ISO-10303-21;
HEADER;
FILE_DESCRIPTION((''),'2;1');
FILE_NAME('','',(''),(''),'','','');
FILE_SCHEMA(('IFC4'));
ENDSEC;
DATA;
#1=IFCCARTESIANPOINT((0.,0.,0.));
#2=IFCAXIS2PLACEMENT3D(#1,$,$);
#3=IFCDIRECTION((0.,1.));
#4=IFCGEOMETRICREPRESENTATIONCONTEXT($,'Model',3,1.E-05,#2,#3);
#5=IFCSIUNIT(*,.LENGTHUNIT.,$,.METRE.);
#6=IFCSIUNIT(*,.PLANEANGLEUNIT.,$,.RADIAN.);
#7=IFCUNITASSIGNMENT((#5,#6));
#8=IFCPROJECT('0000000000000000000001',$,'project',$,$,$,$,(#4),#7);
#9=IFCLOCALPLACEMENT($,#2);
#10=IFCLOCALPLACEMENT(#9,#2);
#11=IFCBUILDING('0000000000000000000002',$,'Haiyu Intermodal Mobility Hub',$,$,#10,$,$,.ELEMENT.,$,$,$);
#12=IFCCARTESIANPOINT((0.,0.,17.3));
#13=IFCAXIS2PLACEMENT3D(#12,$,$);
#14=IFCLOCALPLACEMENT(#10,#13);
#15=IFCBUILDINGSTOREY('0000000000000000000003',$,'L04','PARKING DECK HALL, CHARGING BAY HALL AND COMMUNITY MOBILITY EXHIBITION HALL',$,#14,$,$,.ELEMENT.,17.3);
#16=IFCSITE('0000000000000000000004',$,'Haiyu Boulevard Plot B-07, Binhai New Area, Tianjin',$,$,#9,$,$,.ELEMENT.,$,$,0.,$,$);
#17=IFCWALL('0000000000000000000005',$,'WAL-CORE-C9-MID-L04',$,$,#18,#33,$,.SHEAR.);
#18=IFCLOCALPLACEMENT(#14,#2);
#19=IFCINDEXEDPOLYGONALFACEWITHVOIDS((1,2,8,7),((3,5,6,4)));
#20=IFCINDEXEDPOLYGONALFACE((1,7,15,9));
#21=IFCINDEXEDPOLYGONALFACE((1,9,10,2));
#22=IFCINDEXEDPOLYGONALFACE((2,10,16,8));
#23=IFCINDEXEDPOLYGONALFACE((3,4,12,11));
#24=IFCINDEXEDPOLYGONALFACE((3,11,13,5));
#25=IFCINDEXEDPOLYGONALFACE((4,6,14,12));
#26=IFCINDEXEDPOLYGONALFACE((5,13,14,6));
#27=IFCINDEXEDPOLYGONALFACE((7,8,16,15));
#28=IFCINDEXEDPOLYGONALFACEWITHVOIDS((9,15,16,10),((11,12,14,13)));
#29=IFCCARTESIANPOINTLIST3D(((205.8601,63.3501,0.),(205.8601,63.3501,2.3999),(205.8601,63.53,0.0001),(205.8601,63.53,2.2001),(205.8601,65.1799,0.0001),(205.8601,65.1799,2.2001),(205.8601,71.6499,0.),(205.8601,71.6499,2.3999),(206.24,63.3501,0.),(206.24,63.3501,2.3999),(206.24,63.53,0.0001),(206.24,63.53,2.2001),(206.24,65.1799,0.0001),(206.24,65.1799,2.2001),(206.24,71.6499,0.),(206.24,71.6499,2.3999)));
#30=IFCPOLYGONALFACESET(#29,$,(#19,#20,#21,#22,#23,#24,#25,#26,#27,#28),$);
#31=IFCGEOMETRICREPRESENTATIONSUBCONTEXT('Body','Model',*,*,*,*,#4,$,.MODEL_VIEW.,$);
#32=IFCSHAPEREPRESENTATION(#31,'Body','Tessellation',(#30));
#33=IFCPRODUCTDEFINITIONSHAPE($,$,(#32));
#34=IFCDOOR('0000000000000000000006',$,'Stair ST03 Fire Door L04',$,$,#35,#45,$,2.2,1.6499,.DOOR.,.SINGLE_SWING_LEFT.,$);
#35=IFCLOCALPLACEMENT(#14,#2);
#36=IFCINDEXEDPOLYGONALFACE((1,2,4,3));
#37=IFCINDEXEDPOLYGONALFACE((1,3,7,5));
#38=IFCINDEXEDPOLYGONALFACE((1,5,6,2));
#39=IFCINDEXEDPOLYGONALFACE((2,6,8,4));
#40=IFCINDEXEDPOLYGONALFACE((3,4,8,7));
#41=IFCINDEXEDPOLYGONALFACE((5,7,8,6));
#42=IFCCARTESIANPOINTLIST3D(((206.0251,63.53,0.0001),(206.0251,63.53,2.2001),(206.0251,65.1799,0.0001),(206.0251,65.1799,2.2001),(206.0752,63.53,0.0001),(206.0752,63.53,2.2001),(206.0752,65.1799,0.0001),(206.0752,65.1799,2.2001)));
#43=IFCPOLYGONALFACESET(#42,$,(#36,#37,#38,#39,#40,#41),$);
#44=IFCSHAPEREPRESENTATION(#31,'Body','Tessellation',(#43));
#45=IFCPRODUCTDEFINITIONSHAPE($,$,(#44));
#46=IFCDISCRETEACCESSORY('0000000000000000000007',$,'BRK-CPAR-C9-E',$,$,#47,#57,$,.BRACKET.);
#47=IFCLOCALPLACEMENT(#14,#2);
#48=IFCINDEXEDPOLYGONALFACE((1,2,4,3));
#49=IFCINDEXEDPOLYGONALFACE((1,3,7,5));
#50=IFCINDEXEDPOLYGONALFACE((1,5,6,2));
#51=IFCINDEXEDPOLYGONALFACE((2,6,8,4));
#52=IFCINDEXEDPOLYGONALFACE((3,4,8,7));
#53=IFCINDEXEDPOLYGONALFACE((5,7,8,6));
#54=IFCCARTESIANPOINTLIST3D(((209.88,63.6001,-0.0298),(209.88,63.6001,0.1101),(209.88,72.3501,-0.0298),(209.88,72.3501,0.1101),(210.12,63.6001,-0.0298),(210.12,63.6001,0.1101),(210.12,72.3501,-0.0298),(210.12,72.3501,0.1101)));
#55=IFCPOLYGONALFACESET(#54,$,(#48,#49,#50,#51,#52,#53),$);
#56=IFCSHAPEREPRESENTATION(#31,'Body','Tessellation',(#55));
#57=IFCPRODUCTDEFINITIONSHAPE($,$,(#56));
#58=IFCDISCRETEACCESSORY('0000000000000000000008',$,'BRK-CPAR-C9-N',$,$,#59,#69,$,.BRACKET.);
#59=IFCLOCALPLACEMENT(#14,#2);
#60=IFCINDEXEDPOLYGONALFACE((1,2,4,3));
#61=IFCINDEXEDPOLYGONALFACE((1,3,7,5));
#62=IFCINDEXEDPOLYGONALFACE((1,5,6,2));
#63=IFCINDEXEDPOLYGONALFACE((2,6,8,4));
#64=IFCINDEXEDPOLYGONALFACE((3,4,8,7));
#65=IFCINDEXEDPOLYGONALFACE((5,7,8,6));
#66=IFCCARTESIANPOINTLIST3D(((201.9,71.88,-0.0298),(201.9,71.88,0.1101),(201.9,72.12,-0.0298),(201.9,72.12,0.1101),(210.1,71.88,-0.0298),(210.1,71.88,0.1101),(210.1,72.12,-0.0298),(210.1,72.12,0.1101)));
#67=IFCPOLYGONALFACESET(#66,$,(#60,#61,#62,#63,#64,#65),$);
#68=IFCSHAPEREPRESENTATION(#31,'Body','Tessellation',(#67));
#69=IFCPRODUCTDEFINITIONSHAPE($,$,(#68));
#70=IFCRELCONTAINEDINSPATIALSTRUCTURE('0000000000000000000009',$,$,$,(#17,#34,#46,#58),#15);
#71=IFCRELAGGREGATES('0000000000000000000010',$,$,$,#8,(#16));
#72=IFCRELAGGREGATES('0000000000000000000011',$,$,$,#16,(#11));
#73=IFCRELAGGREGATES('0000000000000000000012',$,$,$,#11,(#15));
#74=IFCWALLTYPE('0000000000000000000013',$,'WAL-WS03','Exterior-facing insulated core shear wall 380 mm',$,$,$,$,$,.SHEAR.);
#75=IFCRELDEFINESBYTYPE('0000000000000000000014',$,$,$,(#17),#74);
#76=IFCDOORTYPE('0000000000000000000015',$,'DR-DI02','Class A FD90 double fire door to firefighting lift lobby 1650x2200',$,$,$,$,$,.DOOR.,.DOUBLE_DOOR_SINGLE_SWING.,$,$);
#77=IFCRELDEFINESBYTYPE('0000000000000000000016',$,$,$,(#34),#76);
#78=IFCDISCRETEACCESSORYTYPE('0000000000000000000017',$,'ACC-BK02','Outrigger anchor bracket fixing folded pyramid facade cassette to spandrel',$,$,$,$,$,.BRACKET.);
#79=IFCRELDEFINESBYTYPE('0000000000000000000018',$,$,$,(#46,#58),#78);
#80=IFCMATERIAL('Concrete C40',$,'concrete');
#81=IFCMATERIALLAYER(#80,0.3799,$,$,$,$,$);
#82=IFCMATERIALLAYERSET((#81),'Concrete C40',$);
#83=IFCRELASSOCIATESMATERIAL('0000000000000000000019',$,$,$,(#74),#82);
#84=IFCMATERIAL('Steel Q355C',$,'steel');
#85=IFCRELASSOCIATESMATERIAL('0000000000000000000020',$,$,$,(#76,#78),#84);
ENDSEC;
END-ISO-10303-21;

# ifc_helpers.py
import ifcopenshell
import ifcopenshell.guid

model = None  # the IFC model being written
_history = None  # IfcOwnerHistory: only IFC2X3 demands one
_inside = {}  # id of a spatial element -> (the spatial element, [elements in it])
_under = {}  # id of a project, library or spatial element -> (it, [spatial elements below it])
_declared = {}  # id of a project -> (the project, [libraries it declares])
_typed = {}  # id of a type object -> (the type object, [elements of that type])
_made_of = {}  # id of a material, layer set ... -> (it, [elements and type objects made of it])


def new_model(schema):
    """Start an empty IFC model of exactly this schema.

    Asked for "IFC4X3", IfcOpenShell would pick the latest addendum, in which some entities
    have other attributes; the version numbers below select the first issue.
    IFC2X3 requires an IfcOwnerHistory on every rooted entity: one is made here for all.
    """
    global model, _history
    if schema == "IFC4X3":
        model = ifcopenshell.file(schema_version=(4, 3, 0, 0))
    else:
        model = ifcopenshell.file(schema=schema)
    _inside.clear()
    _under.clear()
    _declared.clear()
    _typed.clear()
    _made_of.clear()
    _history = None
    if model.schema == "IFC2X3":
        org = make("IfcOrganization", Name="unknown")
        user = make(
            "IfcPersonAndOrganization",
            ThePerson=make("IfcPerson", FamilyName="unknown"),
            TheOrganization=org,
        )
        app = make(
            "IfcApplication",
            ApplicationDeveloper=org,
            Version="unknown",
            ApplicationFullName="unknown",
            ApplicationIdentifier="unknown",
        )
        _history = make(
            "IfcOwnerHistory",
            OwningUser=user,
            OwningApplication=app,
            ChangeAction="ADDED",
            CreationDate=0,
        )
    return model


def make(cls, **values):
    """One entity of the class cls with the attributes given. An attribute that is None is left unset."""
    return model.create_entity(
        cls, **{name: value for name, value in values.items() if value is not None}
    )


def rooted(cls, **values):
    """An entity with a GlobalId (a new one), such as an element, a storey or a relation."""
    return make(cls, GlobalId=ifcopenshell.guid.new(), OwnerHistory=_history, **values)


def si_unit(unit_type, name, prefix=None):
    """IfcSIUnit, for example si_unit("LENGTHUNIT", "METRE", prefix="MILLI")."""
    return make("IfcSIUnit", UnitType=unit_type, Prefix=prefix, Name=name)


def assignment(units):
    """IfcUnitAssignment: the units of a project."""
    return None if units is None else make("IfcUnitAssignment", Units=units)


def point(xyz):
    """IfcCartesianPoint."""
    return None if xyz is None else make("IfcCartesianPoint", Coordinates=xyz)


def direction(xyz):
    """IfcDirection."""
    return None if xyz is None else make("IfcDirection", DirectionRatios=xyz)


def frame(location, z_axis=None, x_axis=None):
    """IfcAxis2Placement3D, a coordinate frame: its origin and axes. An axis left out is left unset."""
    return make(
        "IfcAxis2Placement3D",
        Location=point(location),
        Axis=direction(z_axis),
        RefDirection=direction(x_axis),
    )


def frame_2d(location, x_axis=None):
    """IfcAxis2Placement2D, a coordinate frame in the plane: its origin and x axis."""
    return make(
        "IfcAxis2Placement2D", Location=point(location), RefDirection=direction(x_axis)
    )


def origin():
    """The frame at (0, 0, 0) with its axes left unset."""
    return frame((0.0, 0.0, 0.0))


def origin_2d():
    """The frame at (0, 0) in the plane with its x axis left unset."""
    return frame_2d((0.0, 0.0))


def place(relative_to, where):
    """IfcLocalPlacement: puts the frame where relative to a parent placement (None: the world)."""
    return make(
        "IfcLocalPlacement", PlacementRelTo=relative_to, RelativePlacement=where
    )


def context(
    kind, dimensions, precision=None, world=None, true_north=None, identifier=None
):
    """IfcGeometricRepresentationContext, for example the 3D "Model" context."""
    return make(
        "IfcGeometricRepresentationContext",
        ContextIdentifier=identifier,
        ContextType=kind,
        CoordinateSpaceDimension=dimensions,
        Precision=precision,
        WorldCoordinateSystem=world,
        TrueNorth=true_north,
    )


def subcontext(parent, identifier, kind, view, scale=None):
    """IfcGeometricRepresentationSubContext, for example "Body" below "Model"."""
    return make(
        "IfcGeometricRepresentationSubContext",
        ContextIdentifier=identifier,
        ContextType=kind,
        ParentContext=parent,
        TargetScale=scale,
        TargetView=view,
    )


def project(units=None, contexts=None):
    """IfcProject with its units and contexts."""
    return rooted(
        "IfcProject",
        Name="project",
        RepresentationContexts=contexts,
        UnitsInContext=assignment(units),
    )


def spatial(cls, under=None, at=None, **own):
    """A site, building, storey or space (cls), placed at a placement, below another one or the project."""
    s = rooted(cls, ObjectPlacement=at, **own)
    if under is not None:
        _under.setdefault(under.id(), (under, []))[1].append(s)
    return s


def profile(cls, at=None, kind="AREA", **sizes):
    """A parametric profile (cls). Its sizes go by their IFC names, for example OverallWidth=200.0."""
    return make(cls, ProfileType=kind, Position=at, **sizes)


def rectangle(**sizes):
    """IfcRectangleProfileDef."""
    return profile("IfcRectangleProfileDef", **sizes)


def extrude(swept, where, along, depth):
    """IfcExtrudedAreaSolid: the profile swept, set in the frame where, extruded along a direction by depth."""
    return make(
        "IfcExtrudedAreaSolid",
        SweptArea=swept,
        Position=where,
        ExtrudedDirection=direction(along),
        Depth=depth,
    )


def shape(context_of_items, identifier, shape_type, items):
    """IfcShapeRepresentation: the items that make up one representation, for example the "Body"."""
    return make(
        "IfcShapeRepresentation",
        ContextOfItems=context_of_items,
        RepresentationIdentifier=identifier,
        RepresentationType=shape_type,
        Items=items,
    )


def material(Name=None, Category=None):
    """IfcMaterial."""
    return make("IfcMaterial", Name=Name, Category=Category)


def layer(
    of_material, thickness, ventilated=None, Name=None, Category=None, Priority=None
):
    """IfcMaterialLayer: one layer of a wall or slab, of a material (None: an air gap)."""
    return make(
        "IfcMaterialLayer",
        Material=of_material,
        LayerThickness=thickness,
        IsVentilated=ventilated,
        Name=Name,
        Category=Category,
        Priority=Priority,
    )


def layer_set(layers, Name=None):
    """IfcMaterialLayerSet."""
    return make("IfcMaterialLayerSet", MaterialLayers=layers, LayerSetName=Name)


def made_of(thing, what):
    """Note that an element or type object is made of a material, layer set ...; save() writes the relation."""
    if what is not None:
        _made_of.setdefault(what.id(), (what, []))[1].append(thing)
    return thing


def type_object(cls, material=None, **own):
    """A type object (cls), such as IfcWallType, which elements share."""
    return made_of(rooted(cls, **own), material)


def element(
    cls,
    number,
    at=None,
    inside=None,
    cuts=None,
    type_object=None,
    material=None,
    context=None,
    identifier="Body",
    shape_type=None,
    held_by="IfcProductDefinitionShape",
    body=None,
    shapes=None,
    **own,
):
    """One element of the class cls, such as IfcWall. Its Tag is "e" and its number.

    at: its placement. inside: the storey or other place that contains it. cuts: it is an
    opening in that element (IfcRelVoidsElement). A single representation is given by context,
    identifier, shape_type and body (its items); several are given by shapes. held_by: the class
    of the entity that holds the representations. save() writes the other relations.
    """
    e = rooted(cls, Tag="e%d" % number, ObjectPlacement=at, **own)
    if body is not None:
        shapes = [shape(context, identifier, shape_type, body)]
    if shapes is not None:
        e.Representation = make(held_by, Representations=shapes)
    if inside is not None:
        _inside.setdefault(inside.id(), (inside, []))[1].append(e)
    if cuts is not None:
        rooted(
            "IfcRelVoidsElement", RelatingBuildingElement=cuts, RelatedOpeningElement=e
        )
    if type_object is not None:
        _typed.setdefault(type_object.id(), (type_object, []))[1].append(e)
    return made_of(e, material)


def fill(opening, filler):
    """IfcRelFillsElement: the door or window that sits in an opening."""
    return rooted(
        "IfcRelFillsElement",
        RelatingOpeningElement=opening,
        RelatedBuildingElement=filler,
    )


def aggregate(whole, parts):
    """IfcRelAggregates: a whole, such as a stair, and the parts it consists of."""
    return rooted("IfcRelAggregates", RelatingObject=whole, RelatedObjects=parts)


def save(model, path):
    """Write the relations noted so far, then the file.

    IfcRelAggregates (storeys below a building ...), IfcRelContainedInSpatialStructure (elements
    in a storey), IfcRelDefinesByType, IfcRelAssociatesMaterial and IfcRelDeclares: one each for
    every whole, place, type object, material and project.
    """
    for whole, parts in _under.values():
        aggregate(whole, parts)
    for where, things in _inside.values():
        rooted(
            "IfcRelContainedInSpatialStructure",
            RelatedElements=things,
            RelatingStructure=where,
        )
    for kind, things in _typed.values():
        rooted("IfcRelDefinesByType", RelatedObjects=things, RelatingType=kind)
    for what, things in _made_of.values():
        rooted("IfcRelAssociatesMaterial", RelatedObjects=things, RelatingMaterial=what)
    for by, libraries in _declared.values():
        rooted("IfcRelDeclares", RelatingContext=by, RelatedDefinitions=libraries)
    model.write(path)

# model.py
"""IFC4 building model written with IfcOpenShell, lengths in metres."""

from ifc_helpers import new_model, si_unit, direction, frame, frame_2d, origin, origin_2d, place, context, subcontext, project, spatial, rectangle, extrude, material, layer, layer_set, type_object, element, fill, save


model = new_model("IFC4")

# Units and contexts
model_context = context("Model", 3, precision=1e-05, world=origin(), true_north=direction((0.0, 1.0)))
body_context = subcontext(model_context, "Body", "Model", "MODEL_VIEW")
ifc_project = project(units=[si_unit("LENGTHUNIT", "METRE"), si_unit("PLANEANGLEUNIT", "RADIAN")], contexts=[model_context])

# Site, building, storey
site_placement = place(None, origin())
site = spatial("IfcSite", under=ifc_project, at=site_placement, Name="Haiyu Boulevard Plot B-07, Binhai New Area, Tianjin", CompositionType="ELEMENT", RefElevation=0.0)
building_placement = place(site_placement, origin())
building = spatial("IfcBuilding", under=site, at=building_placement, Name="Haiyu Intermodal Mobility Hub", CompositionType="ELEMENT")
storey_placement = place(building_placement, frame((0.0, 0.0, 17.3)))
storey = spatial("IfcBuildingStorey", under=building, at=storey_placement, Name="L04", Description="PARKING DECK HALL, CHARGING BAY HALL AND COMMUNITY MOBILITY EXHIBITION HALL", CompositionType="ELEMENT", Elevation=17.3)

# Shared definitions
ifc_material_1 = material(Name="Concrete C40", Category="concrete")

# Shared definitions
ifc_material_2 = material(Name="Steel Q355C", Category="steel")

# Shared definitions
ifc_layer_1 = layer(ifc_material_1, 0.3799)
ifc_layer_set_1 = layer_set([ifc_layer_1], Name="Concrete C40")
wall_type_1 = type_object("IfcWallType", Name="WAL-WS03", Description="Exterior-facing insulated core shear wall 380 mm", PredefinedType="SHEAR", material=ifc_layer_set_1)

# Wall, opening, door
wall_1_placement = place(storey_placement, frame((206.05, 63.3501, 0.0), z_axis=(0.0, 0.0, 1.0), x_axis=(0.0, 1.0, 0.0)))
wall_1 = element("IfcWall", 1, at=wall_1_placement, inside=storey, type_object=wall_type_1, Name="WAL-CORE-C9-MID-L04", PredefinedType="SHEAR", context=body_context, shape_type="SweptSolid", body=[
    extrude(rectangle(XDim=8.2998, YDim=0.3799, at=frame_2d((4.1499, 0.0))), origin(), (0.0, 0.0, 1.0), 2.3999),
])
opening_1_placement = place(wall_1_placement, frame((0.1799, 0.0, 0.0)))
opening_1 = element("IfcOpeningElement", 2, at=opening_1_placement, cuts=wall_1, PredefinedType="OPENING", context=body_context, shape_type="SweptSolid", body=[
    extrude(rectangle(XDim=1.6499, YDim=2.2, at=frame_2d((0.825, 1.1001))), frame((0.0, 0.2, 0.0), z_axis=(0.0, -1.0, 0.0), x_axis=(1.0, 0.0, 0.0)), (0.0, 0.0, 1.0), 0.3999),
])
door_type_1 = type_object("IfcDoorType", Name="DR-DI02", Description="Class A FD90 double fire door to firefighting lift lobby 1650x2200", OperationType="DOUBLE_DOOR_SINGLE_SWING", PredefinedType="DOOR", material=ifc_material_2)
door_1_placement = place(opening_1_placement, origin())
door_1 = element("IfcDoor", 3, at=door_1_placement, inside=storey, type_object=door_type_1, Name="Stair ST03 Fire Door L04", OperationType="SINGLE_SWING_LEFT", OverallHeight=2.2, OverallWidth=1.6499, PredefinedType="DOOR", context=body_context, shape_type="SweptSolid", body=[
    extrude(rectangle(XDim=1.6499, YDim=2.2, at=frame_2d((0.825, 1.1001))), frame((0.0, 0.0249, 0.0), z_axis=(0.0, -1.0, 0.0), x_axis=(1.0, 0.0, 0.0)), (0.0, 0.0, 1.0), 0.05),
])
fill(opening_1, door_1)

# Discrete accessories
discrete_accessory_type = type_object("IfcDiscreteAccessoryType", Name="ACC-BK02", Description="Outrigger anchor bracket fixing folded pyramid facade cassette to spandrel", PredefinedType="BRACKET", material=ifc_material_2)
discrete_accessory_1_placement = place(storey_placement, frame((210.0, 67.9751, -0.0298), z_axis=(0.0, 0.0, 1.0), x_axis=(1.0, 0.0, 0.0)))
element("IfcDiscreteAccessory", 4, at=discrete_accessory_1_placement, inside=storey, type_object=discrete_accessory_type, Name="BRK-CPAR-C9-E", PredefinedType="BRACKET", context=body_context, shape_type="SweptSolid", body=[
    extrude(rectangle(XDim=0.24, YDim=8.75, at=origin_2d()), origin(), (0.0, 0.0, 1.0), 0.1399),
])
discrete_accessory_2_placement = place(storey_placement, frame((206.0, 72.0, -0.0298), z_axis=(0.0, 0.0, 1.0), x_axis=(1.0, 0.0, 0.0)))
element("IfcDiscreteAccessory", 5, at=discrete_accessory_2_placement, inside=storey, type_object=discrete_accessory_type, Name="BRK-CPAR-C9-N", PredefinedType="BRACKET", context=body_context, shape_type="SweptSolid", body=[
    extrude(rectangle(XDim=8.2, YDim=0.24, at=origin_2d()), origin(), (0.0, 0.0, 1.0), 0.1399),
])

save(model, "model.ifc")
